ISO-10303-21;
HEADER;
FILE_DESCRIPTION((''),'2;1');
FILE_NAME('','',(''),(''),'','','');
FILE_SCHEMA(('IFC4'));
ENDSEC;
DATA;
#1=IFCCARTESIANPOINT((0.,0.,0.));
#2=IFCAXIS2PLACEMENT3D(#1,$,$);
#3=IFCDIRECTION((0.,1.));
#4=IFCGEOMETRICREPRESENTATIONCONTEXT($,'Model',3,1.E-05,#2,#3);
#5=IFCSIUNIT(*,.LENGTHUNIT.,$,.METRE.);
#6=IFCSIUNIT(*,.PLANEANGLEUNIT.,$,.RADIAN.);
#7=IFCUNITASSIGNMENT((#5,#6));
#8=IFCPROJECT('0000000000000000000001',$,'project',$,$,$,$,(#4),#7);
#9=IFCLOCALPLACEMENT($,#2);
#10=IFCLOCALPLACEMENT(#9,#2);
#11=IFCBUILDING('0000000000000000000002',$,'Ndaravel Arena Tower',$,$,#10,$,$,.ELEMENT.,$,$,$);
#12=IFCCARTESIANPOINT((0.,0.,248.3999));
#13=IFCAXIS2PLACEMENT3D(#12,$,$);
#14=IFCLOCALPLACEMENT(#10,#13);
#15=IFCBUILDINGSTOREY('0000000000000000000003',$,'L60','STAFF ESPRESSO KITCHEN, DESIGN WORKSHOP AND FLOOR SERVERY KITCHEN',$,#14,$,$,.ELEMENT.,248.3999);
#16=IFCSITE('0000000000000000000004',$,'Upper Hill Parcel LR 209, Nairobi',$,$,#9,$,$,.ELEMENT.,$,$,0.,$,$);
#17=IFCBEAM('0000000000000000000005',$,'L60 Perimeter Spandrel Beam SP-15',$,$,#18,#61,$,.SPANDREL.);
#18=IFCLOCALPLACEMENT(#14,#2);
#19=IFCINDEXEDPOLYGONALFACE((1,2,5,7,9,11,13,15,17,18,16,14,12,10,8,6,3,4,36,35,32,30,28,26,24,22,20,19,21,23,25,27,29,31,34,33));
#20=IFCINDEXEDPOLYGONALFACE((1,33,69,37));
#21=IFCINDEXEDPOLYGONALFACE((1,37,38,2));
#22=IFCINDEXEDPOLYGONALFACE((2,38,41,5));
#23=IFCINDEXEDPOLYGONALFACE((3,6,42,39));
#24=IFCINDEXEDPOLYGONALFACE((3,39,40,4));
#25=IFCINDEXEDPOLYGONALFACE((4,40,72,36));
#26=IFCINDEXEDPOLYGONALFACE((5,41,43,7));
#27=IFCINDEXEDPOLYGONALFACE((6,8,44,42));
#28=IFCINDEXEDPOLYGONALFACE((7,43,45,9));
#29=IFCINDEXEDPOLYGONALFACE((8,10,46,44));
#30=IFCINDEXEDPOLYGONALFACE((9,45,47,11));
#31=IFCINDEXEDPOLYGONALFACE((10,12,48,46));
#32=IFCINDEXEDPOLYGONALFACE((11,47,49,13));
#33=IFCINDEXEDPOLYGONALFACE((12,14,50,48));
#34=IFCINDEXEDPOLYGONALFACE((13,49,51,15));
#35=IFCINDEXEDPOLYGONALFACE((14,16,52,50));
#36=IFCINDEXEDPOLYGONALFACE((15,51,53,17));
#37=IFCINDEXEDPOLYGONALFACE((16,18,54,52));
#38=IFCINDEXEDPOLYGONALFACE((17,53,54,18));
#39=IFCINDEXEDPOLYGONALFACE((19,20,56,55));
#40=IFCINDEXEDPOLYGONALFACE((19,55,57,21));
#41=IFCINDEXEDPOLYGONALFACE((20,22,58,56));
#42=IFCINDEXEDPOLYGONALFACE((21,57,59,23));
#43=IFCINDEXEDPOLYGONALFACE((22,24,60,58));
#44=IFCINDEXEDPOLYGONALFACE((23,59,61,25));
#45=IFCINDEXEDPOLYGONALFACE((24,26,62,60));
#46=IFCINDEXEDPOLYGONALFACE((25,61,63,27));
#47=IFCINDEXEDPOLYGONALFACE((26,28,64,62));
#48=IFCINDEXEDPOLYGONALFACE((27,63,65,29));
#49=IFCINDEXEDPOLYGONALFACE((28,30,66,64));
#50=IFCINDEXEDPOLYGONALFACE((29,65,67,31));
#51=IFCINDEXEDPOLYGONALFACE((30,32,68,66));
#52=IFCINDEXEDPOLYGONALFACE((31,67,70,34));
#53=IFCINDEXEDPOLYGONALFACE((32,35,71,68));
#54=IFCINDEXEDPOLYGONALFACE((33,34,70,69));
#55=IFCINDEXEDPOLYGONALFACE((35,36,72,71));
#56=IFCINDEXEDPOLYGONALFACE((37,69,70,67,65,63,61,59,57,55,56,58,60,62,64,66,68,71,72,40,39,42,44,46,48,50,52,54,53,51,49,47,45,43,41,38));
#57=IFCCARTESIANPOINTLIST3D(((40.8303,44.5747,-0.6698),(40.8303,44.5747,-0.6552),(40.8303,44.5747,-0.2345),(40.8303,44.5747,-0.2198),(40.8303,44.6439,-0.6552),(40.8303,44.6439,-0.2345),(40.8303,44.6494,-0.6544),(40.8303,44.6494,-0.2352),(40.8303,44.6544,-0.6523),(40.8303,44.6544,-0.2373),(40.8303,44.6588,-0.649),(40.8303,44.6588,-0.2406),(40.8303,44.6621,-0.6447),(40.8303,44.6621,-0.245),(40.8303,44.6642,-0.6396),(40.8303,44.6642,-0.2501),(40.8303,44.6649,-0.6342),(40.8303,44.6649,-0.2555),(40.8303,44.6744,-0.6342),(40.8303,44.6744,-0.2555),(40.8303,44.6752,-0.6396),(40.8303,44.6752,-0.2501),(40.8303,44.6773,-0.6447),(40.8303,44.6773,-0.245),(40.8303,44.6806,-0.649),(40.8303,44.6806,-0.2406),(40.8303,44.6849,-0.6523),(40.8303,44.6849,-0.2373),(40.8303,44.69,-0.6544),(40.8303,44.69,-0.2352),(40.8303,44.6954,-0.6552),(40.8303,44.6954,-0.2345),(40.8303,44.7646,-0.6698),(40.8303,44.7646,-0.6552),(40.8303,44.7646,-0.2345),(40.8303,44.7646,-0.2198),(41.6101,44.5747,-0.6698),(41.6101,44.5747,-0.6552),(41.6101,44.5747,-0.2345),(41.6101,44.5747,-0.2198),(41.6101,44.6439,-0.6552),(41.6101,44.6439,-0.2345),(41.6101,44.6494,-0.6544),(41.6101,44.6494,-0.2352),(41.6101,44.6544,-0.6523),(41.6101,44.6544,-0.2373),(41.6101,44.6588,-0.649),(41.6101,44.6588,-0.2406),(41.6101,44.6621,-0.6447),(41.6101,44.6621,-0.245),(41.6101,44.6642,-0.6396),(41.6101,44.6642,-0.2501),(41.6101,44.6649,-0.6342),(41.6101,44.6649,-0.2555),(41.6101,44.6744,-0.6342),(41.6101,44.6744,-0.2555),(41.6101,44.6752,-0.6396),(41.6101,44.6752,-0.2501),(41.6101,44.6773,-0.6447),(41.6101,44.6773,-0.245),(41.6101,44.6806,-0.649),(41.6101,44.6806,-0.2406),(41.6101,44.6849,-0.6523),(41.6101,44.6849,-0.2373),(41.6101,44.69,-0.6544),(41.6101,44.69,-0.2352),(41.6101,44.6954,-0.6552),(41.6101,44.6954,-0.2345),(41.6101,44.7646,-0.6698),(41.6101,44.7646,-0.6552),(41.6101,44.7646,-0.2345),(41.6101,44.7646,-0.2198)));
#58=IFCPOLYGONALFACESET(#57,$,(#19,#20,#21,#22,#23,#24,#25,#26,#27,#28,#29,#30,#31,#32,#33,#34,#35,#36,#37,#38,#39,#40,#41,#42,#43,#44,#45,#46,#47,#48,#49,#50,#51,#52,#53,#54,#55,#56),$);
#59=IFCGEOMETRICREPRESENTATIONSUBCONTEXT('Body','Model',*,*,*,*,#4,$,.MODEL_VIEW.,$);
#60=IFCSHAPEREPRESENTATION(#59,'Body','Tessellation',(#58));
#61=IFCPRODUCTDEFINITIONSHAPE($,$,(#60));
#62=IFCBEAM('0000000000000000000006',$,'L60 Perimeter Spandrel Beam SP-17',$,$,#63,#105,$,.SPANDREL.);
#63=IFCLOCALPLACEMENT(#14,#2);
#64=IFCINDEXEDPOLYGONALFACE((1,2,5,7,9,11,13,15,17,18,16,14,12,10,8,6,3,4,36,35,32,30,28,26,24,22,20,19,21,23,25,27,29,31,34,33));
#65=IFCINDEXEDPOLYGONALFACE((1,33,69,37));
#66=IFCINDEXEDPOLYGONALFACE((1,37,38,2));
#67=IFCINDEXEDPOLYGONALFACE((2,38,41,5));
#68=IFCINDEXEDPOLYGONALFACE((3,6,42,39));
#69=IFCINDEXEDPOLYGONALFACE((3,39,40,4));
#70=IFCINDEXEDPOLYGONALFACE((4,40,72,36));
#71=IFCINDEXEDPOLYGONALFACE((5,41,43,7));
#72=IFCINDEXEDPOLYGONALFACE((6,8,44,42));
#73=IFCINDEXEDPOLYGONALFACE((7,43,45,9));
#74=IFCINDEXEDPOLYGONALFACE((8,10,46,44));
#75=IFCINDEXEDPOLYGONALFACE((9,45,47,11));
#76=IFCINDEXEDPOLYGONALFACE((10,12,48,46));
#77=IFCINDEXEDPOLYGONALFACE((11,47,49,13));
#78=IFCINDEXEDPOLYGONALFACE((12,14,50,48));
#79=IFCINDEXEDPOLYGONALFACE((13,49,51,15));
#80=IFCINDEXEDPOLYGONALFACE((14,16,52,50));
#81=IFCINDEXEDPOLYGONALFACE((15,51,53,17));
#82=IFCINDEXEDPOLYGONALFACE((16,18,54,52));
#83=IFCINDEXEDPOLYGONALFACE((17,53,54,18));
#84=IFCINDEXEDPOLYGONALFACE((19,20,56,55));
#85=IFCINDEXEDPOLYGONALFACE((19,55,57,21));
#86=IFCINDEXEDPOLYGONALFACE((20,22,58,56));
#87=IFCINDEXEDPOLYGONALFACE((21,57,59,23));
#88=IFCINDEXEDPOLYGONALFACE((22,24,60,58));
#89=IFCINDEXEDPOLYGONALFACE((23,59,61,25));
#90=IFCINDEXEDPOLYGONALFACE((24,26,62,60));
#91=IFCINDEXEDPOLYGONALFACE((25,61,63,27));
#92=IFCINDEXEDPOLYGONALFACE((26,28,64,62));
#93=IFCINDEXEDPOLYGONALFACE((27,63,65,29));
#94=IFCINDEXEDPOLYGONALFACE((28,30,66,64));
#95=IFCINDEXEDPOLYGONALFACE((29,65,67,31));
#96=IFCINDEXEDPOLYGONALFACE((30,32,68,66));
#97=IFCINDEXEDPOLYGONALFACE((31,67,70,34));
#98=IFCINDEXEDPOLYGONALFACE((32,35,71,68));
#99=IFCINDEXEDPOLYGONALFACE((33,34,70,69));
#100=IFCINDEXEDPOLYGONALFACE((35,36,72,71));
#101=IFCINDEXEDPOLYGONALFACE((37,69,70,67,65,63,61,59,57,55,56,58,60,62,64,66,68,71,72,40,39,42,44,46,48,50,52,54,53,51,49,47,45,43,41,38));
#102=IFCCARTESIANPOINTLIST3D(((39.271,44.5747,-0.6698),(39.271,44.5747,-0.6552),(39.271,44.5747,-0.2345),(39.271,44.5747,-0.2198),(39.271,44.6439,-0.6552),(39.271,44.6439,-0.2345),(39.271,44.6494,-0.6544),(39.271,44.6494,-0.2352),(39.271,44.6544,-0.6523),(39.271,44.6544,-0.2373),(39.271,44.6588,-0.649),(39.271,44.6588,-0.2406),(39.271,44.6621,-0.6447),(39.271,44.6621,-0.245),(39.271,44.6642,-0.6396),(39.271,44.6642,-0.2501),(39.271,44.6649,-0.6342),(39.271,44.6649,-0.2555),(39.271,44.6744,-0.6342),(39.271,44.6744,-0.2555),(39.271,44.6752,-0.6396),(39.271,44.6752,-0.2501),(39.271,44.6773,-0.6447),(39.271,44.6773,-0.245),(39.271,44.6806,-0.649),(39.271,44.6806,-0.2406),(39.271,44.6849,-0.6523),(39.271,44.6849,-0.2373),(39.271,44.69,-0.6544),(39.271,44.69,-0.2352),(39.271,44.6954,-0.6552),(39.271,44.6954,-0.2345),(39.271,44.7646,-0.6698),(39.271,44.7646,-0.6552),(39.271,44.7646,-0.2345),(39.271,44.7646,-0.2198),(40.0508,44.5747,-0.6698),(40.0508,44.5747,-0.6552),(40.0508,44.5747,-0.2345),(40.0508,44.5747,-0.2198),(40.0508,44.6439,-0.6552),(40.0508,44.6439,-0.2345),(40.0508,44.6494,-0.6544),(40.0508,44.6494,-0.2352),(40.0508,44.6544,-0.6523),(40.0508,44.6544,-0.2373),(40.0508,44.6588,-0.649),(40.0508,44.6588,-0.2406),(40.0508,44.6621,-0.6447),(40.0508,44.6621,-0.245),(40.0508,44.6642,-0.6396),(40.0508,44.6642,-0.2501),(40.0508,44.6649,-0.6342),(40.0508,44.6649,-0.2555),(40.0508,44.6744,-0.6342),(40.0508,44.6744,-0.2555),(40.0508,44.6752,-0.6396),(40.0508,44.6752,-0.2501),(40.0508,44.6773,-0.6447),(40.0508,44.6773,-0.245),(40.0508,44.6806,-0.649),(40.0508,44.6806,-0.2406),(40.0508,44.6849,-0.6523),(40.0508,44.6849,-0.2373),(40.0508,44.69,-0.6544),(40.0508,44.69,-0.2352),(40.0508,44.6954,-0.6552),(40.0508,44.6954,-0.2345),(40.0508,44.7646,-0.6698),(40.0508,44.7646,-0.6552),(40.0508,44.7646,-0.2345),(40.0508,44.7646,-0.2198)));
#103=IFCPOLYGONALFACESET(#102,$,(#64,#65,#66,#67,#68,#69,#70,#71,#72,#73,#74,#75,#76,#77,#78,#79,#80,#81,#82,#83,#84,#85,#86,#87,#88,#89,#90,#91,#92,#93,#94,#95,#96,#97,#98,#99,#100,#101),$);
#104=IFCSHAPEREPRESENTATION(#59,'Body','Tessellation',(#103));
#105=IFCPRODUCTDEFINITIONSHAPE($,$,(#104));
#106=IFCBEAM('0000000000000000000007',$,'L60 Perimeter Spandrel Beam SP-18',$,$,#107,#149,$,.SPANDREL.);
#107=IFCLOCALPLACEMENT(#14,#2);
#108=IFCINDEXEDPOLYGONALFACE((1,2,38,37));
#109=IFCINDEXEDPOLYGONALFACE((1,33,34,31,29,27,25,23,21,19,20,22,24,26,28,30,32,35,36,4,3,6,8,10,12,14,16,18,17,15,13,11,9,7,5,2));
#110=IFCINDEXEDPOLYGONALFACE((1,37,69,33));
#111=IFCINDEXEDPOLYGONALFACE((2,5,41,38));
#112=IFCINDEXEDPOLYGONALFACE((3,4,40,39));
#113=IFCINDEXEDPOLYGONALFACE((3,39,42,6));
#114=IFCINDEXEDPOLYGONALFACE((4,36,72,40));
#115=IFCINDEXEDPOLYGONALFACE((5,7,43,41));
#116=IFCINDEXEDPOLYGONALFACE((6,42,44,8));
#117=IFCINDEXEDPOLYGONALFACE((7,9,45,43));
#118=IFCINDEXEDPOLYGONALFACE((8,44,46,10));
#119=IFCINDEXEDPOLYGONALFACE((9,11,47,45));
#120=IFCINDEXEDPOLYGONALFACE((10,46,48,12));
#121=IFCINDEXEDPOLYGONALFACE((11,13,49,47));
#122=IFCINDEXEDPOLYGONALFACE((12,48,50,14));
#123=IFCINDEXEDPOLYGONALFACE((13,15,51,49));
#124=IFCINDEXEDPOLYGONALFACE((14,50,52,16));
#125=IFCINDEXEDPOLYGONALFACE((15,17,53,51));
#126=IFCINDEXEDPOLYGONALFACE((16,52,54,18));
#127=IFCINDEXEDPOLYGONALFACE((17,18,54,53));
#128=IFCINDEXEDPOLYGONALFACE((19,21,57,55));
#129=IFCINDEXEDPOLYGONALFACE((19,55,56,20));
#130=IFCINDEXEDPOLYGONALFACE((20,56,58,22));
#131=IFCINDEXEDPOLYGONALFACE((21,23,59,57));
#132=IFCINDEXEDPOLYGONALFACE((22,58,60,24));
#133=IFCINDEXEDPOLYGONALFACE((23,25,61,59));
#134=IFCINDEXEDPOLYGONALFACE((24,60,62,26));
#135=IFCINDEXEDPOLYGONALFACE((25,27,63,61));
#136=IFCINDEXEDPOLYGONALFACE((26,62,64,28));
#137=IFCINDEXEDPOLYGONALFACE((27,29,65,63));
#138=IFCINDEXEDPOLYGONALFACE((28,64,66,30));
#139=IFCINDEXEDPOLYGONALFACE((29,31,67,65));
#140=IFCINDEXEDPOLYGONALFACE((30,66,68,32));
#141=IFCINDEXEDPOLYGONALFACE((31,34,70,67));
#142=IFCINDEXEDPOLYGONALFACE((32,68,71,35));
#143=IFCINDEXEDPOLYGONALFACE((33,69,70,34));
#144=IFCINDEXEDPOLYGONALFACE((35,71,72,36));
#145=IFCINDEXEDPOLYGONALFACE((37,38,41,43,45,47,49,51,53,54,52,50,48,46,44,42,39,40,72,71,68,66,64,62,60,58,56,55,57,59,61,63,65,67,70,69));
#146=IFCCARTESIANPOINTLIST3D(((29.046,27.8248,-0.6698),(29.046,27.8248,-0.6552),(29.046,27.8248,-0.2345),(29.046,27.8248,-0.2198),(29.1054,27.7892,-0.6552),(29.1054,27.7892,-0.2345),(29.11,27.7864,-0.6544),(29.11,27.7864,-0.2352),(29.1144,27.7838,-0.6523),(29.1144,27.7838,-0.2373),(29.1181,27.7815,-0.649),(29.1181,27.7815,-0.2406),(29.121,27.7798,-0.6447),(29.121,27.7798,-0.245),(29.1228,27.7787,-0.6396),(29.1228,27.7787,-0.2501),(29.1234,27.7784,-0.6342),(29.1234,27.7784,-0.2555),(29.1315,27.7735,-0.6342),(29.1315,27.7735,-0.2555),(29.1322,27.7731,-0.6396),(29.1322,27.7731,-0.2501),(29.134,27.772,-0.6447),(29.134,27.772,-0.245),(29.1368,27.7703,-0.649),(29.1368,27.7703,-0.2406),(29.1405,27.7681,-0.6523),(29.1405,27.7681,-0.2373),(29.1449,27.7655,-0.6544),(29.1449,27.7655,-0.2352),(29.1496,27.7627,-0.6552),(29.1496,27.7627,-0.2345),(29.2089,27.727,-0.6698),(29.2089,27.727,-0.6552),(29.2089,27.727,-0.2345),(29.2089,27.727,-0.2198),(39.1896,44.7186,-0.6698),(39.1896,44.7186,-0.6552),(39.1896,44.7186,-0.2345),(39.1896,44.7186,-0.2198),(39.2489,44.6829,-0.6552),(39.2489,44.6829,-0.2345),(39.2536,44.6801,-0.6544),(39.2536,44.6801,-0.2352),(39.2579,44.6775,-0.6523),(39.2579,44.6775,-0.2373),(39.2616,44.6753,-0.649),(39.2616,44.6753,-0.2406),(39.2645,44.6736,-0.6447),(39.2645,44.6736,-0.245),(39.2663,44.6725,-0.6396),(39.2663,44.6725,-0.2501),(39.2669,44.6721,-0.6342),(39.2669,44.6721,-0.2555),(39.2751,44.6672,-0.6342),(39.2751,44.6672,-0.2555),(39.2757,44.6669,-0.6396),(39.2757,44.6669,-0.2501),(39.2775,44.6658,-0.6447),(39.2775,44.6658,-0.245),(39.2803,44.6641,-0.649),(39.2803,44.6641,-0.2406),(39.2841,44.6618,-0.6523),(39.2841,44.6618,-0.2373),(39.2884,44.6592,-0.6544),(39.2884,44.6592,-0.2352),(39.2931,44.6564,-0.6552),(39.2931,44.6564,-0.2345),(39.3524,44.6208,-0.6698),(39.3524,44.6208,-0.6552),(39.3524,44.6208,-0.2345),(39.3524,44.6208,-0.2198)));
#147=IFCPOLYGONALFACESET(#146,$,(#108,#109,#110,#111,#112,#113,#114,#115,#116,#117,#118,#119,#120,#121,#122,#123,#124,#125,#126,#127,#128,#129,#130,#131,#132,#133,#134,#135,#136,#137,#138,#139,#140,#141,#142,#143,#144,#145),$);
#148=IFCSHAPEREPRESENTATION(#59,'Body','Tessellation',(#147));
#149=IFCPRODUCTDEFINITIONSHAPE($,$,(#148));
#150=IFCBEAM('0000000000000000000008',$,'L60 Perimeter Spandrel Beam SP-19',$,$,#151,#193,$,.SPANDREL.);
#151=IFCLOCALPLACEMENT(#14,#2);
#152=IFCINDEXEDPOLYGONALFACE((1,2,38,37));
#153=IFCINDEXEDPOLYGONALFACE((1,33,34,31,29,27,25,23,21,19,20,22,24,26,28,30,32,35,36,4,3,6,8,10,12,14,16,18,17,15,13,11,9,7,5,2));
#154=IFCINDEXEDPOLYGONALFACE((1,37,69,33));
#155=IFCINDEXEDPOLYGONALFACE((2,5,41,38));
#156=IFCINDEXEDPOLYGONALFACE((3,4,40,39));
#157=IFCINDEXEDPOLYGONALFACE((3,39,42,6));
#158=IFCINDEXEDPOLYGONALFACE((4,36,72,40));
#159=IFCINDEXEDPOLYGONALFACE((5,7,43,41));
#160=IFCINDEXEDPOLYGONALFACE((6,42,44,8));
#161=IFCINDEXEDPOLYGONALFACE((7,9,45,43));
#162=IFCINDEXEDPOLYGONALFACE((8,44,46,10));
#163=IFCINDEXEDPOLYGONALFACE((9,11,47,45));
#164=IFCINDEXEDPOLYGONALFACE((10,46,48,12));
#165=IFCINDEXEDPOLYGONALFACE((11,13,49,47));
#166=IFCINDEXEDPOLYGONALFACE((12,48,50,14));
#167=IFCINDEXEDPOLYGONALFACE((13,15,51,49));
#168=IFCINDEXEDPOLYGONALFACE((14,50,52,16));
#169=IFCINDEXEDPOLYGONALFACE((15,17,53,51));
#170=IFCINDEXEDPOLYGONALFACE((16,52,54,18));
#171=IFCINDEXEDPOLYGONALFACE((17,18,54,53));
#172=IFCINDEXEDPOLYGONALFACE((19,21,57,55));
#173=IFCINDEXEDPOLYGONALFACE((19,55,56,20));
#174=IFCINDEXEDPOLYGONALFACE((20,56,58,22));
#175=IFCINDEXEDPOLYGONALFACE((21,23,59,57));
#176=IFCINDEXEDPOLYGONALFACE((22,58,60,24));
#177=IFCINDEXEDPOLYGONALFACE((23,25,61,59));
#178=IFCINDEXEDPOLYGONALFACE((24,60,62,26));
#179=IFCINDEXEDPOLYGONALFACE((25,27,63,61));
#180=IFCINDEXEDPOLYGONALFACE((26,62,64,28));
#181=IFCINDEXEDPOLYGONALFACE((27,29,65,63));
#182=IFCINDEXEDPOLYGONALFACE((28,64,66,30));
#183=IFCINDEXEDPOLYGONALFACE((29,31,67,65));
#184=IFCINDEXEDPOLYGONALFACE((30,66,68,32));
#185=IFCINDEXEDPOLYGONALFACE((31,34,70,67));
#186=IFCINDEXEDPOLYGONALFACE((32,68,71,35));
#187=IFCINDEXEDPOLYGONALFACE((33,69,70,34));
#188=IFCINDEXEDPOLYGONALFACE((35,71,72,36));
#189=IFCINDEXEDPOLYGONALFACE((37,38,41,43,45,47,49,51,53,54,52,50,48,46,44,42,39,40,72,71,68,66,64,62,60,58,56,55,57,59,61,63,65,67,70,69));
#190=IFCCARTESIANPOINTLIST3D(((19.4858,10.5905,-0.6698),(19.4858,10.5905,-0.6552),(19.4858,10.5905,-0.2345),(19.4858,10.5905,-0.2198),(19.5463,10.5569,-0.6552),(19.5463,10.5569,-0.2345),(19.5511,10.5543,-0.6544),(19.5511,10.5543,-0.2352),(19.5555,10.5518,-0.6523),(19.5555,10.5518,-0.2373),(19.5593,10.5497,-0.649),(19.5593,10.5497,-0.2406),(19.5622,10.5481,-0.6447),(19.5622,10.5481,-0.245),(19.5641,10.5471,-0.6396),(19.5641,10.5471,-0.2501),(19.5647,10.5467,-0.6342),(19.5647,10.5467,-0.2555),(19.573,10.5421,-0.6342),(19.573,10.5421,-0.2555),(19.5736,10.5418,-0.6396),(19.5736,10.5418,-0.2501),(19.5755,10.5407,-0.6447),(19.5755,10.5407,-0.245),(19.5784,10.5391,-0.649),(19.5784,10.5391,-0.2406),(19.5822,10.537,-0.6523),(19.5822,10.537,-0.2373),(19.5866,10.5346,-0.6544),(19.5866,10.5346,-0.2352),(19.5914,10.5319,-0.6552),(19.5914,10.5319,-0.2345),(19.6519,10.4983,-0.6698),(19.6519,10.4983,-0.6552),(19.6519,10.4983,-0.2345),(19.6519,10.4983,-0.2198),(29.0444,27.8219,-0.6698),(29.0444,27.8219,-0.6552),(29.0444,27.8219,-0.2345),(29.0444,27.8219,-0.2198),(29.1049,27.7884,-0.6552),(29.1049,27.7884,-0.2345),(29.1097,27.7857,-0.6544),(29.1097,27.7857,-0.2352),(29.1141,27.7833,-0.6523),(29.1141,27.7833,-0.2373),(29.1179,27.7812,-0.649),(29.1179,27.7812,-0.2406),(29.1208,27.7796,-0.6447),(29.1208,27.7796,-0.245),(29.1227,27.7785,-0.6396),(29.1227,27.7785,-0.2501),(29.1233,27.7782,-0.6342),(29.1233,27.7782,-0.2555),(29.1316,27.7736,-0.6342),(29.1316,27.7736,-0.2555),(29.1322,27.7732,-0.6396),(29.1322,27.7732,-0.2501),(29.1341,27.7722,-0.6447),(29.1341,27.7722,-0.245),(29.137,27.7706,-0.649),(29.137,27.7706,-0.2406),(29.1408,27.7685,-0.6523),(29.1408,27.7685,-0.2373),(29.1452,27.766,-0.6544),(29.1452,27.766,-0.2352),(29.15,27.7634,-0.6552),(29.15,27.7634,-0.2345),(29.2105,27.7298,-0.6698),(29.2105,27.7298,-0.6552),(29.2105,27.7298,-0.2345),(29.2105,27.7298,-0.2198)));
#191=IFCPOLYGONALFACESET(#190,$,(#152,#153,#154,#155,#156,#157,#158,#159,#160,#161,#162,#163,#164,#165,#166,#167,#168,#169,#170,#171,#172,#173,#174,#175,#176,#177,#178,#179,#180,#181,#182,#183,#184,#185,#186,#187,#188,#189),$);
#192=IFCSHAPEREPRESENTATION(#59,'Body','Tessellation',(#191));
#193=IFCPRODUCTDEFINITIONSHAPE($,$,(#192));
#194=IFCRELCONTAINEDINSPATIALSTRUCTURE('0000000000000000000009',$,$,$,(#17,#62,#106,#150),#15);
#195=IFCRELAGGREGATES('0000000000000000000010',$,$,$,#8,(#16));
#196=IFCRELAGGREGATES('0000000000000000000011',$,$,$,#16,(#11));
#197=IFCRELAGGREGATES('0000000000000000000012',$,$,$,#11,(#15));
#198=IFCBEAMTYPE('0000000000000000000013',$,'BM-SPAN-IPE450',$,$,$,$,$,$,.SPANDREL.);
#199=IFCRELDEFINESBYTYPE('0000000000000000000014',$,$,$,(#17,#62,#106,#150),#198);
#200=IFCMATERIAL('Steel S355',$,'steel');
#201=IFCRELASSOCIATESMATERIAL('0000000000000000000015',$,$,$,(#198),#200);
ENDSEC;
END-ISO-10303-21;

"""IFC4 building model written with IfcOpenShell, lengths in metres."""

from ifc_helpers import new_model, si_unit, direction, frame, origin, origin_2d, place, context, subcontext, project, spatial, i_section, extrude, material, material_profile, profile_set, type_object, element, save


model = new_model("IFC4")

# Units and contexts
model_context = context("Model", 3, precision=1e-05, world=origin(), true_north=direction((0.0, 1.0)))
body_context = subcontext(model_context, "Body", "Model", "MODEL_VIEW")
ifc_project = project(units=[si_unit("LENGTHUNIT", "METRE"), si_unit("PLANEANGLEUNIT", "RADIAN")], contexts=[model_context])

# Site, building, storey
site_placement = place(None, origin())
site = spatial("IfcSite", under=ifc_project, at=site_placement, Name="Upper Hill Parcel LR 209, Nairobi", CompositionType="ELEMENT", RefElevation=0.0)
building_placement = place(site_placement, origin())
building = spatial("IfcBuilding", under=site, at=building_placement, Name="Ndaravel Arena Tower", CompositionType="ELEMENT")
storey_placement = place(building_placement, frame((0.0, 0.0, 248.3999)))
storey = spatial("IfcBuildingStorey", under=building, at=storey_placement, Name="L60", Description="STAFF ESPRESSO KITCHEN, DESIGN WORKSHOP AND FLOOR SERVERY KITCHEN", CompositionType="ELEMENT", Elevation=248.3999)

# Beams
ifc_material_1 = material(Name="Steel S355", Category="steel")
ifc_material_profile_1 = material_profile(ifc_material_1, i_section(OverallWidth=0.1899, OverallDepth=0.45, WebThickness=0.0095, FlangeThickness=0.0146, FilletRadius=0.021, at=origin_2d()), Name="IPE 450")
ifc_profile_set_1 = profile_set([ifc_material_profile_1], Name="Steel S355")
beam_type_1 = type_object("IfcBeamType", Name="BM-SPAN-IPE450", PredefinedType="SPANDREL", material=ifc_profile_set_1)
for number, where, z_axis, x_axis, name in (
    (1, (41.6101, 44.6697, -0.4448), (-1.0, 0.0, 0.0), (0.0, -1.0, 0.0), "L60 Perimeter Spandrel Beam SP-15"),
    (2, (40.0508, 44.6697, -0.4448), (-1.0, 0.0, 0.0), (0.0, -1.0, 0.0), "L60 Perimeter Spandrel Beam SP-17"),
):
    element("IfcBeam", number, at=place(storey_placement, frame(where, z_axis=z_axis, x_axis=x_axis)), inside=storey, type_object=beam_type_1, Name=name, PredefinedType="SPANDREL", context=body_context, shape_type="SweptSolid", body=[
        extrude(i_section(OverallWidth=0.1899, OverallDepth=0.45, WebThickness=0.0095, FlangeThickness=0.0146, FilletRadius=0.021, at=origin_2d()), origin(), (0.0, 0.0, 1.0), 0.7798),
    ])
for number, where, z_axis, x_axis, name in (
    (3, (39.271, 44.6697, -0.4448), (-0.514767, -0.85733, 0.0), (0.85733, -0.514767, 0.0), "L60 Perimeter Spandrel Beam SP-18"),
    (4, (29.1274, 27.7759, -0.4448), (-0.485083, -0.874468, 0.0), (0.874468, -0.485083, 0.0), "L60 Perimeter Spandrel Beam SP-19"),
):
    element("IfcBeam", number, at=place(storey_placement, frame(where, z_axis=z_axis, x_axis=x_axis)), inside=storey, type_object=beam_type_1, Name=name, PredefinedType="SPANDREL", context=body_context, shape_type="SweptSolid", body=[
        extrude(i_section(OverallWidth=0.1899, OverallDepth=0.45, WebThickness=0.0095, FlangeThickness=0.0146, FilletRadius=0.021, at=origin_2d()), origin(), (0.0, 0.0, 1.0), 19.7051),
    ])

save(model, "model.ifc")
